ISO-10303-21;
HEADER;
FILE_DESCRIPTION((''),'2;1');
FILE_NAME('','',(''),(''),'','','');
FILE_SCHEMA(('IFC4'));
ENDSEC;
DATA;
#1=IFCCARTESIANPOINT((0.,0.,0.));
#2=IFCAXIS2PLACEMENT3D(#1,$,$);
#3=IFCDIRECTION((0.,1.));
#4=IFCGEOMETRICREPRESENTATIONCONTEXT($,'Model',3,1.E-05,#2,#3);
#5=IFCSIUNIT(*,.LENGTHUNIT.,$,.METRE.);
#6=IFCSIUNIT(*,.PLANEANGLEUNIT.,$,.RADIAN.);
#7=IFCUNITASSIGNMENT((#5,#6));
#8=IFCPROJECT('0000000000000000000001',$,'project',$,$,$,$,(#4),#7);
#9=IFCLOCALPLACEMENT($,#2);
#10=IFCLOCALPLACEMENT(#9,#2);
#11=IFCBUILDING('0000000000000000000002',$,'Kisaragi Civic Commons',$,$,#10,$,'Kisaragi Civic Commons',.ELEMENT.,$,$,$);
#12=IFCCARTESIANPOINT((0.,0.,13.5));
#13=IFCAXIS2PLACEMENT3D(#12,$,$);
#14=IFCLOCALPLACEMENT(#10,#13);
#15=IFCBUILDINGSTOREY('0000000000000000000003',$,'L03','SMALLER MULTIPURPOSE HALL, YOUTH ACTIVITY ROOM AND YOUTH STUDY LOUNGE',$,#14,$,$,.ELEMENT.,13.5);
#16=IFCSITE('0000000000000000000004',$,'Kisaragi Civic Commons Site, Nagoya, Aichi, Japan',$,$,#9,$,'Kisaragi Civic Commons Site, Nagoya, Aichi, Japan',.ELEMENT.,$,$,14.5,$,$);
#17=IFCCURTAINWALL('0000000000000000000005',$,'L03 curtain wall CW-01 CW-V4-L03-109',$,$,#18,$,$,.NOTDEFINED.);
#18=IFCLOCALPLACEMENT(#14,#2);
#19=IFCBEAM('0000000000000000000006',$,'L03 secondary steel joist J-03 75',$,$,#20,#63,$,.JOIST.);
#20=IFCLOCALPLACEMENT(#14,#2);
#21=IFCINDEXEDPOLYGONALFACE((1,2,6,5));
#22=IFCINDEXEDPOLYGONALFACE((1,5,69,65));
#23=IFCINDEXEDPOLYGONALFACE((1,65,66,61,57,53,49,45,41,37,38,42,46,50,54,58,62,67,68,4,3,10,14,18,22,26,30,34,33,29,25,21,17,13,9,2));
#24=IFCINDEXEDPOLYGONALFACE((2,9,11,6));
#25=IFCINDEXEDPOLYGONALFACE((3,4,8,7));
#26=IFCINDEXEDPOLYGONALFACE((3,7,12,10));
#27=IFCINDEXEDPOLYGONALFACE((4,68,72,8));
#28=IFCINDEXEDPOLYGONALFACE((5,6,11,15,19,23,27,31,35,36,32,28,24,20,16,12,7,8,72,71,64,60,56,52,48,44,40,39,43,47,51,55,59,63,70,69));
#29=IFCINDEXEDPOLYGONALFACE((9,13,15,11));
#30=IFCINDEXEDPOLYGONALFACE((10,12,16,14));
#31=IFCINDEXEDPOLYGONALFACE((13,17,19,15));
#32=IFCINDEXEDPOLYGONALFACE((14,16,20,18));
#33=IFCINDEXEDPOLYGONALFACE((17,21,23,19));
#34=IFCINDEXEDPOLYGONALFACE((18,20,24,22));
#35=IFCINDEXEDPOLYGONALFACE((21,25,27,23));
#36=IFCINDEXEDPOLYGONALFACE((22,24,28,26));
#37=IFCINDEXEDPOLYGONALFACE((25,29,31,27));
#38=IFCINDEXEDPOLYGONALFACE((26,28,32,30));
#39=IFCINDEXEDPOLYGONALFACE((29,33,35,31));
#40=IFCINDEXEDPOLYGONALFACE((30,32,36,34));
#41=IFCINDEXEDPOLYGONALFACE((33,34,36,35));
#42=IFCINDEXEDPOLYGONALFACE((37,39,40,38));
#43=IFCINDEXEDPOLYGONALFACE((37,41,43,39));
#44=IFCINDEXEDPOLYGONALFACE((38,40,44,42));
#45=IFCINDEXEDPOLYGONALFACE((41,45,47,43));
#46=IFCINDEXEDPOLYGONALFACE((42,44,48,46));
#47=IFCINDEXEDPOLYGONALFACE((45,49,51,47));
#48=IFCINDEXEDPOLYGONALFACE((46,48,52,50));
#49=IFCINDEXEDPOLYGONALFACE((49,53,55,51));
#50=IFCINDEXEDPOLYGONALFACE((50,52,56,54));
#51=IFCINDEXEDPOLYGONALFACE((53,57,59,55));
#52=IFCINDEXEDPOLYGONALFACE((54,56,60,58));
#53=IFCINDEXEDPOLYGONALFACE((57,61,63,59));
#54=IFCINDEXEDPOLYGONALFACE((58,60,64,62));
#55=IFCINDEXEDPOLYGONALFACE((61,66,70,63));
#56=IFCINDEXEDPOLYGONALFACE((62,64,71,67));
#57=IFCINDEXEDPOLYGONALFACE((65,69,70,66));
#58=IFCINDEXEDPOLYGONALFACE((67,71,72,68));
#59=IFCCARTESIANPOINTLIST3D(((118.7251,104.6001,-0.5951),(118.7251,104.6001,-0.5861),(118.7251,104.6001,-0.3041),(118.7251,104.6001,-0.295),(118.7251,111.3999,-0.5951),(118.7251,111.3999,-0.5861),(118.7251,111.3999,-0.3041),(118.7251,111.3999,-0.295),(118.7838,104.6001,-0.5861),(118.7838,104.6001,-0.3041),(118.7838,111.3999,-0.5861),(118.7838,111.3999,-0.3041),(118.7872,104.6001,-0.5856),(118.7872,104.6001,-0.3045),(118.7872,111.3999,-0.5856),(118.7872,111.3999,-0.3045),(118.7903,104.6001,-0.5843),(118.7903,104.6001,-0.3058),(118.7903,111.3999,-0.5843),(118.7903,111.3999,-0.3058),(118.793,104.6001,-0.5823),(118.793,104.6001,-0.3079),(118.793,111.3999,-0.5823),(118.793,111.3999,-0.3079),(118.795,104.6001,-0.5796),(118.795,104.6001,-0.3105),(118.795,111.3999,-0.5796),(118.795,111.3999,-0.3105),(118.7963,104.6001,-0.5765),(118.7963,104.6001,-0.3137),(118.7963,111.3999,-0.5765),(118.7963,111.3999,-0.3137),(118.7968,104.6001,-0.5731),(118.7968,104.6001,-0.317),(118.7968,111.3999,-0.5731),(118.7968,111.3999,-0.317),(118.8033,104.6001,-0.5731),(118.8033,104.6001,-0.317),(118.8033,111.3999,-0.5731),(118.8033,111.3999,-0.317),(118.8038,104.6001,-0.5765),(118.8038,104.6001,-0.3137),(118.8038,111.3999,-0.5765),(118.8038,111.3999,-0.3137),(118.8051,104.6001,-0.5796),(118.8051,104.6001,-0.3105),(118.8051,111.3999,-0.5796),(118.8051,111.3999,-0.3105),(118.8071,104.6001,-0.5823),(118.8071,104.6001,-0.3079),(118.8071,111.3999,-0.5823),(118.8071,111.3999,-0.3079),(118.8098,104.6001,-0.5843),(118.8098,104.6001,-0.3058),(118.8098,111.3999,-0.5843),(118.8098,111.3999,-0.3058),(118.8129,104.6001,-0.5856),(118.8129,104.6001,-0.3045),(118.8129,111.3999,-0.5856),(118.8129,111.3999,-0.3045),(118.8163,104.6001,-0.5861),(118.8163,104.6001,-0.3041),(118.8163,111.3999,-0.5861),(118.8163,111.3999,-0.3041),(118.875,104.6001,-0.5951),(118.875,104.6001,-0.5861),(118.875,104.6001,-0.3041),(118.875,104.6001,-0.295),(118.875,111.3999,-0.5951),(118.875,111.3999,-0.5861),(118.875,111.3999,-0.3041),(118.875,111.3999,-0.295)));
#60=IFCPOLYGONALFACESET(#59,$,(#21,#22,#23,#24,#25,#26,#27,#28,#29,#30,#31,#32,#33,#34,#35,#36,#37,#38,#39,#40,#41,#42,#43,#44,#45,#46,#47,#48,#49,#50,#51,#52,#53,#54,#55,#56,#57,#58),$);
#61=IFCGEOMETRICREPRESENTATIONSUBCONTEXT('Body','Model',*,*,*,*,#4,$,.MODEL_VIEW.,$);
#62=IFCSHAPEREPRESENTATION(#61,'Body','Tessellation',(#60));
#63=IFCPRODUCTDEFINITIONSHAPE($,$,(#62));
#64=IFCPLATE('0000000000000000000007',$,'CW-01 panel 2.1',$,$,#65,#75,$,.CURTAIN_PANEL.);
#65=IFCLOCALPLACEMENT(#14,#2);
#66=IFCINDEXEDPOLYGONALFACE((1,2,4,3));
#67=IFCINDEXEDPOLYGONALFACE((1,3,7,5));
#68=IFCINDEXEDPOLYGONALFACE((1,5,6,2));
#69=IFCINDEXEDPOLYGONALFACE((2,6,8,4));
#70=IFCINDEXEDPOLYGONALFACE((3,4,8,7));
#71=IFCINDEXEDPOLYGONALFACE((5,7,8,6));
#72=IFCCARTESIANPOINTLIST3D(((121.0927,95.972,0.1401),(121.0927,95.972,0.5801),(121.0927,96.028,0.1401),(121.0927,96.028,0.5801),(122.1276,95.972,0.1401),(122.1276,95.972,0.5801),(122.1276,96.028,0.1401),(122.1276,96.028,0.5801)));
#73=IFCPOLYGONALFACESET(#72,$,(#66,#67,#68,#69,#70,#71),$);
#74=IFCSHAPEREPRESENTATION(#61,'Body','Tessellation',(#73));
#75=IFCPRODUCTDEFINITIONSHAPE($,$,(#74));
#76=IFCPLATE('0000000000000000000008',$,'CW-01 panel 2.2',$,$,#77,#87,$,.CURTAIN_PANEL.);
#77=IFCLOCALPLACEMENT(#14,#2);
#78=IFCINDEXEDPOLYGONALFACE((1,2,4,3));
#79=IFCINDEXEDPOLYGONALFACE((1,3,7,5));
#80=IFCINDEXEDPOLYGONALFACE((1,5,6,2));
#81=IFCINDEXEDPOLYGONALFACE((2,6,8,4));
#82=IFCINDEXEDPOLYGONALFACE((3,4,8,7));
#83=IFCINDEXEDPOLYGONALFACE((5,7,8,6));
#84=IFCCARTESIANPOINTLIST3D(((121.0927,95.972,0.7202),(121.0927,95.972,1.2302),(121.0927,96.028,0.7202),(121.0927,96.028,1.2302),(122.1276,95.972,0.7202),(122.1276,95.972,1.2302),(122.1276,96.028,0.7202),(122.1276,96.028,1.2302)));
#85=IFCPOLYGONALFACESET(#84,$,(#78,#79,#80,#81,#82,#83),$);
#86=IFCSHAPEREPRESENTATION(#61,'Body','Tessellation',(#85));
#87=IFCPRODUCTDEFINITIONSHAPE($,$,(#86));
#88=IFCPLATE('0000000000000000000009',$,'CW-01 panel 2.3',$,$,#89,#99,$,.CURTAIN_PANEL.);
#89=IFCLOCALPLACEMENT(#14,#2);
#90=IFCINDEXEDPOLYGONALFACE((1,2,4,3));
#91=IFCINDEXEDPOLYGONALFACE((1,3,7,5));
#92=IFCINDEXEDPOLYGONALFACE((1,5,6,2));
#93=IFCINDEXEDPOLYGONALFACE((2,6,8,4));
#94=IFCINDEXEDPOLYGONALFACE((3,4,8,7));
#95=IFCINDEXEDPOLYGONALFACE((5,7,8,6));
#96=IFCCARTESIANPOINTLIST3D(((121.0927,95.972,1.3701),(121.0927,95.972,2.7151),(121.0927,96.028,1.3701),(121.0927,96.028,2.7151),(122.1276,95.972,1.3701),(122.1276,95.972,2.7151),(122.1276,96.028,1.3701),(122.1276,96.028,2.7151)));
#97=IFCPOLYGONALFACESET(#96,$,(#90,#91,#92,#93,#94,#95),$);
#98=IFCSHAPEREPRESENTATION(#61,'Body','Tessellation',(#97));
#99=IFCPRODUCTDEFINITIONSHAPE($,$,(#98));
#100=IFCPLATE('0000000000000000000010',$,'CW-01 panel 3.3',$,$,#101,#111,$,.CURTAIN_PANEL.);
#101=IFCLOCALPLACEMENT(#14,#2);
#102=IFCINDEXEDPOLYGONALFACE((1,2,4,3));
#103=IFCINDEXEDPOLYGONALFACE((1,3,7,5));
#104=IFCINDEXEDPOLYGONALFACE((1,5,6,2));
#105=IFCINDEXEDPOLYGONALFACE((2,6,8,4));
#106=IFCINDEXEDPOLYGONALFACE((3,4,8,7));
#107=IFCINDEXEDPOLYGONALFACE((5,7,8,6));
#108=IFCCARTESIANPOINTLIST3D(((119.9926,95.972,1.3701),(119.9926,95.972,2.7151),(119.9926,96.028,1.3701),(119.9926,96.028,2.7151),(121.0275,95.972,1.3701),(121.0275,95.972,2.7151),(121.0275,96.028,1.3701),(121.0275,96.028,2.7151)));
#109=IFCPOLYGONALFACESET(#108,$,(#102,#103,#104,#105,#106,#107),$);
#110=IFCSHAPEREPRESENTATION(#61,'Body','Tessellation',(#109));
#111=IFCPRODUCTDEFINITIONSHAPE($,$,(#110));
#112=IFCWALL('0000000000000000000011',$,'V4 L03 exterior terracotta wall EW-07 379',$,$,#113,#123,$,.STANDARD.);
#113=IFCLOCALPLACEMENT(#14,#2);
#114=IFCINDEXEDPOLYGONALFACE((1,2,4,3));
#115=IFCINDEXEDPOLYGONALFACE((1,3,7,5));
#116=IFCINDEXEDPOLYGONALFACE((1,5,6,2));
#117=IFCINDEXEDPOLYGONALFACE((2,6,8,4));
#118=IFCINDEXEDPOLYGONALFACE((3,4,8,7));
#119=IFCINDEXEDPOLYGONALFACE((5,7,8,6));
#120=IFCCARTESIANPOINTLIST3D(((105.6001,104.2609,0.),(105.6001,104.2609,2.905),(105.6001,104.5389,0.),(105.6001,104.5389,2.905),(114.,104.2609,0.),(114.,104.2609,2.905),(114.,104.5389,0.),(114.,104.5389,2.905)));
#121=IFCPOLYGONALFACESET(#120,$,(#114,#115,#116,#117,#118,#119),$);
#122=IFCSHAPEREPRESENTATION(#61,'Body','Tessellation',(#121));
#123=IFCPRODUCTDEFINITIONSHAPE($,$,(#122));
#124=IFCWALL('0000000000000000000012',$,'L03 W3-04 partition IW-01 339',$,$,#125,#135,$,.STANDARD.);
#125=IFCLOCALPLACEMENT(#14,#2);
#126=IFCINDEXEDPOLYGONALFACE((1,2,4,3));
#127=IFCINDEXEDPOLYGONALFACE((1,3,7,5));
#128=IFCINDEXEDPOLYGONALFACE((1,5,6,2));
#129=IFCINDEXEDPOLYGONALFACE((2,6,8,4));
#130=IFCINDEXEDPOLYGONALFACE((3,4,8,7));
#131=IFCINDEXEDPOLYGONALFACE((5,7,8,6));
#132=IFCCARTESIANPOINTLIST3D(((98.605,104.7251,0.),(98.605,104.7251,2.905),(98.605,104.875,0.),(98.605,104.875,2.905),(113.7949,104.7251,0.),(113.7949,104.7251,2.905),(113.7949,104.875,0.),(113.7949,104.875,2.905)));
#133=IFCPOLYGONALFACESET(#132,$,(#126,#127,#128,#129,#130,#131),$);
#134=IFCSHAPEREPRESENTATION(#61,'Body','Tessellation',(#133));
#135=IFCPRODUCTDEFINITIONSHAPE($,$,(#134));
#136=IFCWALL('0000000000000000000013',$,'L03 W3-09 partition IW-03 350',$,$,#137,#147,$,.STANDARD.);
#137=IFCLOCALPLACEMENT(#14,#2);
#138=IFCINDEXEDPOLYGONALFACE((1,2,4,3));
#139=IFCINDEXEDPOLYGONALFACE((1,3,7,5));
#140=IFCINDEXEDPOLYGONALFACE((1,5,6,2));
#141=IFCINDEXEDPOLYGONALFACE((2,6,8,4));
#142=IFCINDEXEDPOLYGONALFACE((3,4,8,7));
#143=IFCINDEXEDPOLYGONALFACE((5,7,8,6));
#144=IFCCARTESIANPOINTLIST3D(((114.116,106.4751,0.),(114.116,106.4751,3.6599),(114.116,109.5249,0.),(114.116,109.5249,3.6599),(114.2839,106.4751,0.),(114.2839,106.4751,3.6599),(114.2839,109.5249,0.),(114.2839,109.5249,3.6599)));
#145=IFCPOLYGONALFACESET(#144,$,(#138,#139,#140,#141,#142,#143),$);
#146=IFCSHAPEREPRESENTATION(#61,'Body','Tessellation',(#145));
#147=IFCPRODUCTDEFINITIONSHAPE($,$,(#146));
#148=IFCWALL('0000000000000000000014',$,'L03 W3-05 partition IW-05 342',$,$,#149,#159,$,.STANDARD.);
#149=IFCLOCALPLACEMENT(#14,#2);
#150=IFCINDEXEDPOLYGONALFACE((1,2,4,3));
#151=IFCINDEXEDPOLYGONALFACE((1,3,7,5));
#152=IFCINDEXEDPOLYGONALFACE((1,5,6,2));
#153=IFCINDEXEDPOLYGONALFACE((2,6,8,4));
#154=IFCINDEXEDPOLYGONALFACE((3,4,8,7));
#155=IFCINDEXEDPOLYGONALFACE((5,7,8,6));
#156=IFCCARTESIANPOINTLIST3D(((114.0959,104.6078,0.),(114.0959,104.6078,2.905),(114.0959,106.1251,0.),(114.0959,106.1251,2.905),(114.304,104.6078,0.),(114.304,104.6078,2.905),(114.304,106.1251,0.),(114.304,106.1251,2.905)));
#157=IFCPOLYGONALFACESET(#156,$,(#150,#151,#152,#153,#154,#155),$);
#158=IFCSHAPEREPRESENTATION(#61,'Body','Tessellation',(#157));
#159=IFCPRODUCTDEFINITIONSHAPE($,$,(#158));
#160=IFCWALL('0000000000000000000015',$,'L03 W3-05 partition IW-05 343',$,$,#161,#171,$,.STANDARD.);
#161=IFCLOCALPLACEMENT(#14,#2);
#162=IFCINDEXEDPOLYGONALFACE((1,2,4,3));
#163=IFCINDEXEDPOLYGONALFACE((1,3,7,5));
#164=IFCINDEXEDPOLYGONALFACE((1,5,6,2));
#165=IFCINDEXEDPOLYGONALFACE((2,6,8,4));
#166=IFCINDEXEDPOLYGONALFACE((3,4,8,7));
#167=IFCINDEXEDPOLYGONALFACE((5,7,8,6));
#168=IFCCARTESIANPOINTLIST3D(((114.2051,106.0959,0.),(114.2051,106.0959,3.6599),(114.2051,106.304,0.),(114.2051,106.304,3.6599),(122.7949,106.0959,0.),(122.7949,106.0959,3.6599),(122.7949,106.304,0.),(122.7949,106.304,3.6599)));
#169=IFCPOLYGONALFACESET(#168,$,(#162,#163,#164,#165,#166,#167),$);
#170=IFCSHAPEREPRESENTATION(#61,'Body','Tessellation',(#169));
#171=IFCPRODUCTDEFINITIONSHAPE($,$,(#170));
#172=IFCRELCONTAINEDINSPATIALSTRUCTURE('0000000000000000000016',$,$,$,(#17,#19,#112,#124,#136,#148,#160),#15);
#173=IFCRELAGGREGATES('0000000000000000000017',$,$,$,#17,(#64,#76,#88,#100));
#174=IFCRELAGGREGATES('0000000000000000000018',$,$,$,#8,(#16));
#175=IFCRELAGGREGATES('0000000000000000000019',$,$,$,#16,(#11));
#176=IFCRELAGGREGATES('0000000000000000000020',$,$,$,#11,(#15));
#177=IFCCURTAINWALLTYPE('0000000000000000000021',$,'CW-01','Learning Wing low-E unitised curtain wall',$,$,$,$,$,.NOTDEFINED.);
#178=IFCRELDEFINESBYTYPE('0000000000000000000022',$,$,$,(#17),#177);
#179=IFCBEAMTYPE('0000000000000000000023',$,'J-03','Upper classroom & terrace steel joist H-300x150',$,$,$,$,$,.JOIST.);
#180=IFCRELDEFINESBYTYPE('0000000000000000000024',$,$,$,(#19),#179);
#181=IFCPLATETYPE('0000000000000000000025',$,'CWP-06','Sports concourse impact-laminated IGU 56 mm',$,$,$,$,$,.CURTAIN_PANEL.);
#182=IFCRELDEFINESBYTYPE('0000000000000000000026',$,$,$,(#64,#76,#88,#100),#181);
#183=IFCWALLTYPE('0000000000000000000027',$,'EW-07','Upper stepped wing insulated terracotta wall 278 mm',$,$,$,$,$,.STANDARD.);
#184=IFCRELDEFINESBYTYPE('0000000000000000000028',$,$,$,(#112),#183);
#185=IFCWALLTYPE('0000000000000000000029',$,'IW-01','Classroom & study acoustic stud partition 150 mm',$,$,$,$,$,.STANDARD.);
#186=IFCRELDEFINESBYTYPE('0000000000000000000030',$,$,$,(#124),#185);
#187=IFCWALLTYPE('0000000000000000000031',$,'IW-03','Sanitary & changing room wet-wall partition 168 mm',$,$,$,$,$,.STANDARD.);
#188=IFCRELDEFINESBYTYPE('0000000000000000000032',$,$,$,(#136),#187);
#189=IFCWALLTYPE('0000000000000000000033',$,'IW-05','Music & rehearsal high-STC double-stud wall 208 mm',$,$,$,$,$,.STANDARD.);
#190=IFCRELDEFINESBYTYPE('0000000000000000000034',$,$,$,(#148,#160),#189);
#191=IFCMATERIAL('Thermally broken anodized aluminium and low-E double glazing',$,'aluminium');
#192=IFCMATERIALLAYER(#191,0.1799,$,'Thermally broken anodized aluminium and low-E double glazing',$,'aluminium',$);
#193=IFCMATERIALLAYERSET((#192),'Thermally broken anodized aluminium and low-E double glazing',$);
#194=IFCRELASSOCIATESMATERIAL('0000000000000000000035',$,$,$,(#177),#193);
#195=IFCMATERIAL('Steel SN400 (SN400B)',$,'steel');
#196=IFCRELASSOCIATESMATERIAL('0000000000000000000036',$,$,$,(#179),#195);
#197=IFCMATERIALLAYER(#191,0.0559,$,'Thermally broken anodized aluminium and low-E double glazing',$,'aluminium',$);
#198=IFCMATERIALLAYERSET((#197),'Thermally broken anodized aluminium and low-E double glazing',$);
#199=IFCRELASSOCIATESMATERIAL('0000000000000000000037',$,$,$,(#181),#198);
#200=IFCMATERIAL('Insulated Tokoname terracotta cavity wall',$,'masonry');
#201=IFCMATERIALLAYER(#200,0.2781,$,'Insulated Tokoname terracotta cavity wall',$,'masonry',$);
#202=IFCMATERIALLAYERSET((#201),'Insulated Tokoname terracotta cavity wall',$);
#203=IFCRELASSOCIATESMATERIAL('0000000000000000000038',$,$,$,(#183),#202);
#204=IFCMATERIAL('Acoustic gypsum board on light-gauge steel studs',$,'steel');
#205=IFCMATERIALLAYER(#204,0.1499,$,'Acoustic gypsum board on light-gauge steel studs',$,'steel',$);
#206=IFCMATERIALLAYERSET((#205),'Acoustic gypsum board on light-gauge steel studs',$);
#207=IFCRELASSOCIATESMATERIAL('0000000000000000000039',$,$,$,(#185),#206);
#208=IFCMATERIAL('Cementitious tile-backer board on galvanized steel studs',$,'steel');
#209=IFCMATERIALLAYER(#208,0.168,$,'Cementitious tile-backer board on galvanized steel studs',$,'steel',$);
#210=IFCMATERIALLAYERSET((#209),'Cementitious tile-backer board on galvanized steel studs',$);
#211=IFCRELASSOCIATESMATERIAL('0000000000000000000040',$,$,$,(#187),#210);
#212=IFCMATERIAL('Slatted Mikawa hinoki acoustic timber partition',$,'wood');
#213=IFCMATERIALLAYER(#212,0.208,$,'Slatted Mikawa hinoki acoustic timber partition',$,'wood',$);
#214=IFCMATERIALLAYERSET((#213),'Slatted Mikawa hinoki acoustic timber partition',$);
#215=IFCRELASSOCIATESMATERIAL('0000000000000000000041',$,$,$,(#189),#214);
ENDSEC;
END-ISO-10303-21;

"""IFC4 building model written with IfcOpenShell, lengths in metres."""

from ifc_helpers import new_model, si_unit, direction, frame, frame_2d, origin, origin_2d, place, context, subcontext, project, spatial, rectangle, i_section, extrude, material, layer, layer_set, material_profile, profile_set, type_object, element, aggregate, save


model = new_model("IFC4")

# Units and contexts
model_context = context("Model", 3, precision=1e-05, world=origin(), true_north=direction((0.0, 1.0)))
body_context = subcontext(model_context, "Body", "Model", "MODEL_VIEW")
ifc_project = project(units=[si_unit("LENGTHUNIT", "METRE"), si_unit("PLANEANGLEUNIT", "RADIAN")], contexts=[model_context])

# Site, building, storey
site_placement = place(None, origin())
site = spatial("IfcSite", under=ifc_project, at=site_placement, Name="Kisaragi Civic Commons Site, Nagoya, Aichi, Japan", LongName="Kisaragi Civic Commons Site, Nagoya, Aichi, Japan", CompositionType="ELEMENT", RefElevation=14.5)
building_placement = place(site_placement, origin())
building = spatial("IfcBuilding", under=site, at=building_placement, Name="Kisaragi Civic Commons", LongName="Kisaragi Civic Commons", CompositionType="ELEMENT")
storey_placement = place(building_placement, frame((0.0, 0.0, 13.5)))
storey = spatial("IfcBuildingStorey", under=building, at=storey_placement, Name="L03", Description="SMALLER MULTIPURPOSE HALL, YOUTH ACTIVITY ROOM AND YOUTH STUDY LOUNGE", CompositionType="ELEMENT", Elevation=13.5)

# Curtain wall
ifc_material_1 = material(Name="Thermally broken anodized aluminium and low-E double glazing", Category="aluminium")
ifc_layer_1 = layer(ifc_material_1, 0.1799, Name="Thermally broken anodized aluminium and low-E double glazing", Category="aluminium")
ifc_layer_set_1 = layer_set([ifc_layer_1], Name="Thermally broken anodized aluminium and low-E double glazing")
curtain_wall_type = type_object("IfcCurtainWallType", Name="CW-01", Description="Learning Wing low-E unitised curtain wall", PredefinedType="NOTDEFINED", material=ifc_layer_set_1)
curtain_wall_placement = place(storey_placement, origin())
curtain_wall = element("IfcCurtainWall", 1, at=curtain_wall_placement, inside=storey, type_object=curtain_wall_type, Name="L03 curtain wall CW-01 CW-V4-L03-109", PredefinedType="NOTDEFINED")

# Beam
ifc_material_2 = material(Name="Steel SN400 (SN400B)", Category="steel")
ifc_material_profile_1 = material_profile(ifc_material_2, i_section(OverallWidth=0.1499, OverallDepth=0.3, WebThickness=0.0066, FlangeThickness=0.009, FilletRadius=0.0129, at=origin_2d()), Name="H-300x150x6.5x9", Category="steel")
ifc_profile_set_1 = profile_set([ifc_material_profile_1], Name="Steel SN400 (SN400B)")
beam_type_1 = type_object("IfcBeamType", Name="J-03", Description="Upper classroom & terrace steel joist H-300x150", PredefinedType="JOIST", material=ifc_profile_set_1)
beam_1_placement = place(storey_placement, frame((118.8, 104.6001, -0.4451), z_axis=(0.0, 1.0, 0.0), x_axis=(-1.0, 0.0, 0.0)))
element("IfcBeam", 2, at=beam_1_placement, inside=storey, type_object=beam_type_1, Name="L03 secondary steel joist J-03 75", PredefinedType="JOIST", context=body_context, shape_type="SweptSolid", body=[
    extrude(i_section(OverallWidth=0.1499, OverallDepth=0.3, WebThickness=0.0066, FlangeThickness=0.009, FilletRadius=0.0129, at=origin_2d()), origin(), (0.0, 0.0, 1.0), 6.7998),
])

# Plates
ifc_layer_2 = layer(ifc_material_1, 0.0559, Name="Thermally broken anodized aluminium and low-E double glazing", Category="aluminium")
ifc_layer_set_2 = layer_set([ifc_layer_2], Name="Thermally broken anodized aluminium and low-E double glazing")
plate_type = type_object("IfcPlateType", Name="CWP-06", Description="Sports concourse impact-laminated IGU 56 mm", PredefinedType="CURTAIN_PANEL", material=ifc_layer_set_2)
plate_1_placement = place(storey_placement, frame((121.6101, 96.0, 0.1401), z_axis=(0.0, 0.0, 1.0), x_axis=(-1.0, 0.0, 0.0)))
plate_1 = element("IfcPlate", 3, at=plate_1_placement, type_object=plate_type, Name="CW-01 panel 2.1", PredefinedType="CURTAIN_PANEL", context=body_context, shape_type="SweptSolid", body=[
    extrude(rectangle(XDim=1.0349, YDim=0.0559, at=origin_2d()), origin(), (0.0, 0.0, 1.0), 0.4399),
])
plate_2_placement = place(storey_placement, frame((121.6101, 96.0, 0.7202), z_axis=(0.0, 0.0, 1.0), x_axis=(-1.0, 0.0, 0.0)))
plate_2 = element("IfcPlate", 4, at=plate_2_placement, type_object=plate_type, Name="CW-01 panel 2.2", PredefinedType="CURTAIN_PANEL", context=body_context, shape_type="SweptSolid", body=[
    extrude(rectangle(XDim=1.0349, YDim=0.0559, at=origin_2d()), origin(), (0.0, 0.0, 1.0), 0.51),
])
plate_3_placement = place(storey_placement, frame((121.6101, 96.0, 1.3701), z_axis=(0.0, 0.0, 1.0), x_axis=(-1.0, 0.0, 0.0)))
plate_3 = element("IfcPlate", 5, at=plate_3_placement, type_object=plate_type, Name="CW-01 panel 2.3", PredefinedType="CURTAIN_PANEL", context=body_context, shape_type="SweptSolid", body=[
    extrude(rectangle(XDim=1.0349, YDim=0.0559, at=origin_2d()), origin(), (0.0, 0.0, 1.0), 1.345),
])
plate_4_placement = place(storey_placement, frame((120.51, 96.0, 1.3701), z_axis=(0.0, 0.0, 1.0), x_axis=(-1.0, 0.0, 0.0)))
plate_4 = element("IfcPlate", 6, at=plate_4_placement, type_object=plate_type, Name="CW-01 panel 3.3", PredefinedType="CURTAIN_PANEL", context=body_context, shape_type="SweptSolid", body=[
    extrude(rectangle(XDim=1.0349, YDim=0.0559, at=origin_2d()), origin(), (0.0, 0.0, 1.0), 1.345),
])
aggregate(curtain_wall, [plate_1, plate_2, plate_3, plate_4])

# Walls
ifc_material_3 = material(Name="Insulated Tokoname terracotta cavity wall", Category="masonry")
ifc_layer_3 = layer(ifc_material_3, 0.2781, Name="Insulated Tokoname terracotta cavity wall", Category="masonry")
ifc_layer_set_3 = layer_set([ifc_layer_3], Name="Insulated Tokoname terracotta cavity wall")
wall_type_1 = type_object("IfcWallType", Name="EW-07", Description="Upper stepped wing insulated terracotta wall 278 mm", PredefinedType="STANDARD", material=ifc_layer_set_3)
wall_1_placement = place(storey_placement, frame((114.0, 104.3999, 0.0), z_axis=(0.0, 0.0, 1.0), x_axis=(-1.0, 0.0, 0.0)))
element("IfcWall", 7, at=wall_1_placement, inside=storey, type_object=wall_type_1, Name="V4 L03 exterior terracotta wall EW-07 379", PredefinedType="STANDARD", context=body_context, shape_type="SweptSolid", body=[
    extrude(rectangle(XDim=8.3999, YDim=0.2781, at=frame_2d((4.2, 0.0))), origin(), (0.0, 0.0, 1.0), 2.905),
])
ifc_material_4 = material(Name="Acoustic gypsum board on light-gauge steel studs", Category="steel")
ifc_layer_4 = layer(ifc_material_4, 0.1499, Name="Acoustic gypsum board on light-gauge steel studs", Category="steel")
ifc_layer_set_4 = layer_set([ifc_layer_4], Name="Acoustic gypsum board on light-gauge steel studs")
wall_type_2 = type_object("IfcWallType", Name="IW-01", Description="Classroom & study acoustic stud partition 150 mm", PredefinedType="STANDARD", material=ifc_layer_set_4)
wall_2_placement = place(storey_placement, frame((113.7949, 104.8, 0.0), z_axis=(0.0, 0.0, 1.0), x_axis=(-1.0, 0.0, 0.0)))
element("IfcWall", 8, at=wall_2_placement, inside=storey, type_object=wall_type_2, Name="L03 W3-04 partition IW-01 339", PredefinedType="STANDARD", context=body_context, shape_type="SweptSolid", body=[
    extrude(rectangle(XDim=15.1899, YDim=0.1499, at=frame_2d((7.595, 0.0))), origin(), (0.0, 0.0, 1.0), 2.905),
])
ifc_material_5 = material(Name="Cementitious tile-backer board on galvanized steel studs", Category="steel")
ifc_layer_5 = layer(ifc_material_5, 0.168, Name="Cementitious tile-backer board on galvanized steel studs", Category="steel")
ifc_layer_set_5 = layer_set([ifc_layer_5], Name="Cementitious tile-backer board on galvanized steel studs")
wall_type_3 = type_object("IfcWallType", Name="IW-03", Description="Sanitary & changing room wet-wall partition 168 mm", PredefinedType="STANDARD", material=ifc_layer_set_5)
wall_3_placement = place(storey_placement, frame((114.2, 106.4751, 0.0), z_axis=(0.0, 0.0, 1.0), x_axis=(0.0, 1.0, 0.0)))
element("IfcWall", 9, at=wall_3_placement, inside=storey, type_object=wall_type_3, Name="L03 W3-09 partition IW-03 350", PredefinedType="STANDARD", context=body_context, shape_type="SweptSolid", body=[
    extrude(rectangle(XDim=3.0498, YDim=0.168, at=frame_2d((1.5249, 0.0))), origin(), (0.0, 0.0, 1.0), 3.6599),
])
ifc_material_6 = material(Name="Slatted Mikawa hinoki acoustic timber partition", Category="wood")
ifc_layer_6 = layer(ifc_material_6, 0.208, Name="Slatted Mikawa hinoki acoustic timber partition", Category="wood")
ifc_layer_set_6 = layer_set([ifc_layer_6], Name="Slatted Mikawa hinoki acoustic timber partition")
wall_type_4 = type_object("IfcWallType", Name="IW-05", Description="Music & rehearsal high-STC double-stud wall 208 mm", PredefinedType="STANDARD", material=ifc_layer_set_6)
wall_4_placement = place(storey_placement, frame((114.2, 104.6077, 0.0), z_axis=(0.0, 0.0, 1.0), x_axis=(0.0, 1.0, 0.0)))
element("IfcWall", 10, at=wall_4_placement, inside=storey, type_object=wall_type_4, Name="L03 W3-05 partition IW-05 342", PredefinedType="STANDARD", context=body_context, shape_type="SweptSolid", body=[
    extrude(rectangle(XDim=1.5173, YDim=0.208, at=frame_2d((0.7588, 0.0))), origin(), (0.0, 0.0, 1.0), 2.905),
])
wall_5_placement = place(storey_placement, frame((114.2051, 106.2, 0.0), z_axis=(0.0, 0.0, 1.0), x_axis=(1.0, 0.0, 0.0)))
element("IfcWall", 11, at=wall_5_placement, inside=storey, type_object=wall_type_4, Name="L03 W3-05 partition IW-05 343", PredefinedType="STANDARD", context=body_context, shape_type="SweptSolid", body=[
    extrude(rectangle(XDim=8.5898, YDim=0.208, at=frame_2d((4.2949, 0.0))), origin(), (0.0, 0.0, 1.0), 3.6599),
])

save(model, "model.ifc")
